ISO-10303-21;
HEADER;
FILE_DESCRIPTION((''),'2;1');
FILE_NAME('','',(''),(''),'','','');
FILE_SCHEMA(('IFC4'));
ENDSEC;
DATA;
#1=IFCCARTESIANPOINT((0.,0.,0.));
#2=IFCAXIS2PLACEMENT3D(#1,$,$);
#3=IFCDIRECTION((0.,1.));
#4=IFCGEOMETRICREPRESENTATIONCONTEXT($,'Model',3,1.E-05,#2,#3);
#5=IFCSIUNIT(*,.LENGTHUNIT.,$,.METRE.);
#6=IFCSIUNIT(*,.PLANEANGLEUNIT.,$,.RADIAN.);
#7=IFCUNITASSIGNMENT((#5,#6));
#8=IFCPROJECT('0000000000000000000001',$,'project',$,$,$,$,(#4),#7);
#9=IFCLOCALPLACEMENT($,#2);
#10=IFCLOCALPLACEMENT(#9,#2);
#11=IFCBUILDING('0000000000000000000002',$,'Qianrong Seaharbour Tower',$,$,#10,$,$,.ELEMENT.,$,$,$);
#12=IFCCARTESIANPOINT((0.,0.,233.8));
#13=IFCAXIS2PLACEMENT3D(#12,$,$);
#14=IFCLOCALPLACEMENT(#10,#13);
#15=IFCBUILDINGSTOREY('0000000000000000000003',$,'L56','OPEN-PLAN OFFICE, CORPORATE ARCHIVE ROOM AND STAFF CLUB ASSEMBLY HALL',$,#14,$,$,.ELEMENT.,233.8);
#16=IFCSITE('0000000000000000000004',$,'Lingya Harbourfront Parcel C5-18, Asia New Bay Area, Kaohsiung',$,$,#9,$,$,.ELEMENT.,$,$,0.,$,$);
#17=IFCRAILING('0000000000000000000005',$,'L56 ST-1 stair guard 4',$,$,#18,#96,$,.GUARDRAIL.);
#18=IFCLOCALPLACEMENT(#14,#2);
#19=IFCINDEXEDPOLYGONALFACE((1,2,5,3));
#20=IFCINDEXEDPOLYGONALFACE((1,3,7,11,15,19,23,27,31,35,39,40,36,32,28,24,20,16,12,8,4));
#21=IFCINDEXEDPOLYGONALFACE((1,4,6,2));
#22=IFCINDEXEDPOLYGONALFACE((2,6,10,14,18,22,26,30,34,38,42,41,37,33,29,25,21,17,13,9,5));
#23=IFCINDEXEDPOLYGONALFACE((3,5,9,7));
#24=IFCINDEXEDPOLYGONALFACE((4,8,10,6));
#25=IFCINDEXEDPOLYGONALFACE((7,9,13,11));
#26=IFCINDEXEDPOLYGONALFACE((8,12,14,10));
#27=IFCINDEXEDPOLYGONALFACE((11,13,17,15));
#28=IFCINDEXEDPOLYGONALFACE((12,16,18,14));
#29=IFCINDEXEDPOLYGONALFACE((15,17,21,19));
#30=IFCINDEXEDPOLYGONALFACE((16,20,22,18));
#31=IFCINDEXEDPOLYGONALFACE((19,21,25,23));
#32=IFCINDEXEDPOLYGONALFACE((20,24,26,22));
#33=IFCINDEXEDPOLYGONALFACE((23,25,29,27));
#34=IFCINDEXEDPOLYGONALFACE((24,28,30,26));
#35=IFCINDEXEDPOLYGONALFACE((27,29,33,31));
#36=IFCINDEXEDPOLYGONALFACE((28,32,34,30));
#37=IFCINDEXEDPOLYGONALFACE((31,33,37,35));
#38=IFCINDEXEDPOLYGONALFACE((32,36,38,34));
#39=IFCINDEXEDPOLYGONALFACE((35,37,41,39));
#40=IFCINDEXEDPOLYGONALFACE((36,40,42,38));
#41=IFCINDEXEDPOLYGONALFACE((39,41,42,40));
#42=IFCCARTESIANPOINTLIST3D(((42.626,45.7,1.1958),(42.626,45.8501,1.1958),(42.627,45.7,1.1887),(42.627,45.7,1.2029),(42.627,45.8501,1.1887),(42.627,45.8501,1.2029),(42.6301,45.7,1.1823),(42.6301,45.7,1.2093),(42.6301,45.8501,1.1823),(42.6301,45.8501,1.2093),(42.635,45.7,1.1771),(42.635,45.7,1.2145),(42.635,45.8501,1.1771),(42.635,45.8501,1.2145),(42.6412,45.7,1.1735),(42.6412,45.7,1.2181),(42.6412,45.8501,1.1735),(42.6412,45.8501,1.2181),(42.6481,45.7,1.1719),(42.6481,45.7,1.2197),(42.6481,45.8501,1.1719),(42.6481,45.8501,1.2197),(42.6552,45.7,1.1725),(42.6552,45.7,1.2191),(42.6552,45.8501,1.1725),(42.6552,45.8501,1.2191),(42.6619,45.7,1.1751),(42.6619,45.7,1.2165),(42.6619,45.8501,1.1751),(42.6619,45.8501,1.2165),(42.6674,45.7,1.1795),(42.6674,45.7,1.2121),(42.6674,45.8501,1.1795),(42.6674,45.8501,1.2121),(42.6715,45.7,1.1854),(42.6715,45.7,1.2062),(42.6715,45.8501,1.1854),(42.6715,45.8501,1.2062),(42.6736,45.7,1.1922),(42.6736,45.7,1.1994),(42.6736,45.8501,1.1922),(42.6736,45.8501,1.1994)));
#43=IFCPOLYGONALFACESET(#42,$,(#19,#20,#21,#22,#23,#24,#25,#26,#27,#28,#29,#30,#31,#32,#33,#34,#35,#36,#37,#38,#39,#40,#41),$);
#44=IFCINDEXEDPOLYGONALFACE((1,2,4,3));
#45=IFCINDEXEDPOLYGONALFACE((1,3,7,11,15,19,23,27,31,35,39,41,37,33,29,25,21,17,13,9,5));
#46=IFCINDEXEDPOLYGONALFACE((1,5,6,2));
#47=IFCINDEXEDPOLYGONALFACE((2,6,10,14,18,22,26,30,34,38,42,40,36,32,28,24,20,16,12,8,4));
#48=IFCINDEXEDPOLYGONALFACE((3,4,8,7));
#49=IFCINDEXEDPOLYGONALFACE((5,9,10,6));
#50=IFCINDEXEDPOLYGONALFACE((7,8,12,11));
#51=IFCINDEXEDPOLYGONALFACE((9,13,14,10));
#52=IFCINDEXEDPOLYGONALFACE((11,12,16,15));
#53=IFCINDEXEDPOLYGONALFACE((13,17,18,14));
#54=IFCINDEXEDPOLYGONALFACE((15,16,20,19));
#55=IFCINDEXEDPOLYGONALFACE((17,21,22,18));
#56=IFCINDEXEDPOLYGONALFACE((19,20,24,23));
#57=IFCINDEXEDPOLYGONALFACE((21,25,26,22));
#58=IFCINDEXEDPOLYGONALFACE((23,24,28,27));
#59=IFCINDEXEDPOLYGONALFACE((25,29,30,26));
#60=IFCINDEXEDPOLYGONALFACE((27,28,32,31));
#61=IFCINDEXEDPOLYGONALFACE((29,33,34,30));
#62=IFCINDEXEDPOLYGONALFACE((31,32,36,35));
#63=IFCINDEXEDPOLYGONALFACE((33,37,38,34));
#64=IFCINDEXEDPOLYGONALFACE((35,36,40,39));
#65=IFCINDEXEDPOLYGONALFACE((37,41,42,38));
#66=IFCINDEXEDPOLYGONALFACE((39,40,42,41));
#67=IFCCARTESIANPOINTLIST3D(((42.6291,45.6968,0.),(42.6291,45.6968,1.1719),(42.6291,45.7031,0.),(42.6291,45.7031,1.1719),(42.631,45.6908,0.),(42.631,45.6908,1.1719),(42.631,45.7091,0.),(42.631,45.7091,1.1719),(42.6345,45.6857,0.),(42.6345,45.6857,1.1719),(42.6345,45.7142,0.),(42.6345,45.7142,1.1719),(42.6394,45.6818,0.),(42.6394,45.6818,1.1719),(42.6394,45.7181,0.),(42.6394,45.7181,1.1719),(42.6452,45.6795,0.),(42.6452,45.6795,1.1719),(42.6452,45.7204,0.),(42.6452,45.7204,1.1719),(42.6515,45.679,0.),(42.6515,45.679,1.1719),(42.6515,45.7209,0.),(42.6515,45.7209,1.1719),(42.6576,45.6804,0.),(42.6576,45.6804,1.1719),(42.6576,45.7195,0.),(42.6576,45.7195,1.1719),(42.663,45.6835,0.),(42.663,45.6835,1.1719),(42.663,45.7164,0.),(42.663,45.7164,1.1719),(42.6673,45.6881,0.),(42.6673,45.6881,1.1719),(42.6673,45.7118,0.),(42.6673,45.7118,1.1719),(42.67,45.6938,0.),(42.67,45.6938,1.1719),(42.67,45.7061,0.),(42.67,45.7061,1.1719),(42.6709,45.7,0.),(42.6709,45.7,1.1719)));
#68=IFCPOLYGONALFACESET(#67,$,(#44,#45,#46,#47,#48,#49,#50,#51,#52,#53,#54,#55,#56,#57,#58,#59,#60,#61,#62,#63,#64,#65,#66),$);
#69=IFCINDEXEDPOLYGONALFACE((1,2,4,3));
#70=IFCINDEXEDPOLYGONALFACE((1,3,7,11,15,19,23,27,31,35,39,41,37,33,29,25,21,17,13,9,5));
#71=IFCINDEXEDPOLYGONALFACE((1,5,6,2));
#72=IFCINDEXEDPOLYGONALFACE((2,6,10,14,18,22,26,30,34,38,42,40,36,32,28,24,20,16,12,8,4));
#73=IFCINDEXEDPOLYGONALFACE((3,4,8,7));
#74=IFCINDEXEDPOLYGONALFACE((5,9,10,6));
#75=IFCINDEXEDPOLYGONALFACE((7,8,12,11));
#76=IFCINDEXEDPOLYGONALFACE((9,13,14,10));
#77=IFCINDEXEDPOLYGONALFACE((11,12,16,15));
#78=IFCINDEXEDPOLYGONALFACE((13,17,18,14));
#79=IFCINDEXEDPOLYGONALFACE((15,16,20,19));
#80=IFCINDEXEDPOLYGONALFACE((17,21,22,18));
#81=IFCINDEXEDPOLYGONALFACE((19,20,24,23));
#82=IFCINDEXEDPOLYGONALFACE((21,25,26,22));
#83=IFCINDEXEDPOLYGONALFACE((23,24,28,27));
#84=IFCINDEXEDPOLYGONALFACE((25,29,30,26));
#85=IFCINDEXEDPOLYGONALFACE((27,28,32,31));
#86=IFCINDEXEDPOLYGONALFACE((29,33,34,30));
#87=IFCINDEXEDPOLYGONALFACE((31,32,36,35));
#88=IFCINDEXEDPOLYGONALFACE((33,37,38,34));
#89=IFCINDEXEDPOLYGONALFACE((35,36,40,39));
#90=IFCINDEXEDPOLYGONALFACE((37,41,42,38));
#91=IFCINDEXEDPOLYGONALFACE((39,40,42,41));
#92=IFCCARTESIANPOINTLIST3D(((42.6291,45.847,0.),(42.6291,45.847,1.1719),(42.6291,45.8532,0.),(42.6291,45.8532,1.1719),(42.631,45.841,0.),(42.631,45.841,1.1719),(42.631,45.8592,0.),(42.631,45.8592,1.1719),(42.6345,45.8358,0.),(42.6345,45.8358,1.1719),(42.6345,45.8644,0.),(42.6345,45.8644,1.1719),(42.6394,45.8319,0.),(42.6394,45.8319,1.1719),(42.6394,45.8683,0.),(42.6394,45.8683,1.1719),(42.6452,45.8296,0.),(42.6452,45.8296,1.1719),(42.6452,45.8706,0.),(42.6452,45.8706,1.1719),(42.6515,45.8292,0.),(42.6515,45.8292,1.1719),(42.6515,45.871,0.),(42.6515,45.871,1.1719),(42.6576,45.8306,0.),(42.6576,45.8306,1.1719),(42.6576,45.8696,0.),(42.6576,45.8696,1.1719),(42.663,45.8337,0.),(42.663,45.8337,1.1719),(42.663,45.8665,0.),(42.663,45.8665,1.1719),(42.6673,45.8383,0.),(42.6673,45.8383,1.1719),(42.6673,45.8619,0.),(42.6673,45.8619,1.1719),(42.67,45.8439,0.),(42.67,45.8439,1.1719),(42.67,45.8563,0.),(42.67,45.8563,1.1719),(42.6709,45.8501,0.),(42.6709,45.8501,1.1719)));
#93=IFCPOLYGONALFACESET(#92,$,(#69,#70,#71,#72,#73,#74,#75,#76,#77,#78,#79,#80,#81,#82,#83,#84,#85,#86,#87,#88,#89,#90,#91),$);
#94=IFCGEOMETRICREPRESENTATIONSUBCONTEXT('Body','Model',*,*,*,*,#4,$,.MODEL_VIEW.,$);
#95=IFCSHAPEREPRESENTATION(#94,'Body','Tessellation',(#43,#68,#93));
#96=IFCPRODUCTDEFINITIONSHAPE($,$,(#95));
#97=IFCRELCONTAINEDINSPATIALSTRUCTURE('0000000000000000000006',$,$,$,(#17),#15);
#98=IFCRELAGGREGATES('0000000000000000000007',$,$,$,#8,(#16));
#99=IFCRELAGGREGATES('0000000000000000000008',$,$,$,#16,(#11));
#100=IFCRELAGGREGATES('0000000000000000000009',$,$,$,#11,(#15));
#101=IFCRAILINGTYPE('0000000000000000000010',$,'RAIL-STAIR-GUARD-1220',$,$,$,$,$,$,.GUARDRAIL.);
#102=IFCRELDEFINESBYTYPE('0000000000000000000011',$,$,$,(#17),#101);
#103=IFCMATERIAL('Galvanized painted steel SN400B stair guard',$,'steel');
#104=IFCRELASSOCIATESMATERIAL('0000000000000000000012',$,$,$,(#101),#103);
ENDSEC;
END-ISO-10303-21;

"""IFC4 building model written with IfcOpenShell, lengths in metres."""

from ifc_helpers import new_model, si_unit, direction, frame, origin, origin_2d, place, context, subcontext, project, spatial, circle, extrude, material, type_object, element, save


model = new_model("IFC4")

# Units and contexts
model_context = context("Model", 3, precision=1e-05, world=origin(), true_north=direction((0.0, 1.0)))
body_context = subcontext(model_context, "Body", "Model", "MODEL_VIEW")
ifc_project = project(units=[si_unit("LENGTHUNIT", "METRE"), si_unit("PLANEANGLEUNIT", "RADIAN")], contexts=[model_context])

# Site, building, storey
site_placement = place(None, origin())
site = spatial("IfcSite", under=ifc_project, at=site_placement, Name="Lingya Harbourfront Parcel C5-18, Asia New Bay Area, Kaohsiung", CompositionType="ELEMENT", RefElevation=0.0)
building_placement = place(site_placement, origin())
building = spatial("IfcBuilding", under=site, at=building_placement, Name="Qianrong Seaharbour Tower", CompositionType="ELEMENT")
storey_placement = place(building_placement, frame((0.0, 0.0, 233.8)))
storey = spatial("IfcBuildingStorey", under=building, at=storey_placement, Name="L56", Description="OPEN-PLAN OFFICE, CORPORATE ARCHIVE ROOM AND STAFF CLUB ASSEMBLY HALL", CompositionType="ELEMENT", Elevation=233.8)

# Railing
ifc_material_1 = material(Name="Galvanized painted steel SN400B stair guard", Category="steel")
railing_type = type_object("IfcRailingType", Name="RAIL-STAIR-GUARD-1220", PredefinedType="GUARDRAIL", material=ifc_material_1)
railing_placement = place(storey_placement, frame((42.6499, 45.7, 0.0)))
element("IfcRailing", 1, at=railing_placement, inside=storey, type_object=railing_type, Name="L56 ST-1 stair guard 4", PredefinedType="GUARDRAIL", context=body_context, shape_type="SweptSolid", body=[
    extrude(circle(Radius=0.0239, at=origin_2d()), frame((0.0, 0.0, 1.1958), z_axis=(0.0, 1.0, 0.0), x_axis=(-1.0, 0.0, 0.0)), (0.0, 0.0, 1.0), 0.1501),
    extrude(circle(Radius=0.021, at=origin_2d()), origin(), (0.0, 0.0, 1.0), 1.1719),
    extrude(circle(Radius=0.021, at=origin_2d()), frame((0.0, 0.1501, 0.0)), (0.0, 0.0, 1.0), 1.1719),
])

save(model, "model.ifc")
